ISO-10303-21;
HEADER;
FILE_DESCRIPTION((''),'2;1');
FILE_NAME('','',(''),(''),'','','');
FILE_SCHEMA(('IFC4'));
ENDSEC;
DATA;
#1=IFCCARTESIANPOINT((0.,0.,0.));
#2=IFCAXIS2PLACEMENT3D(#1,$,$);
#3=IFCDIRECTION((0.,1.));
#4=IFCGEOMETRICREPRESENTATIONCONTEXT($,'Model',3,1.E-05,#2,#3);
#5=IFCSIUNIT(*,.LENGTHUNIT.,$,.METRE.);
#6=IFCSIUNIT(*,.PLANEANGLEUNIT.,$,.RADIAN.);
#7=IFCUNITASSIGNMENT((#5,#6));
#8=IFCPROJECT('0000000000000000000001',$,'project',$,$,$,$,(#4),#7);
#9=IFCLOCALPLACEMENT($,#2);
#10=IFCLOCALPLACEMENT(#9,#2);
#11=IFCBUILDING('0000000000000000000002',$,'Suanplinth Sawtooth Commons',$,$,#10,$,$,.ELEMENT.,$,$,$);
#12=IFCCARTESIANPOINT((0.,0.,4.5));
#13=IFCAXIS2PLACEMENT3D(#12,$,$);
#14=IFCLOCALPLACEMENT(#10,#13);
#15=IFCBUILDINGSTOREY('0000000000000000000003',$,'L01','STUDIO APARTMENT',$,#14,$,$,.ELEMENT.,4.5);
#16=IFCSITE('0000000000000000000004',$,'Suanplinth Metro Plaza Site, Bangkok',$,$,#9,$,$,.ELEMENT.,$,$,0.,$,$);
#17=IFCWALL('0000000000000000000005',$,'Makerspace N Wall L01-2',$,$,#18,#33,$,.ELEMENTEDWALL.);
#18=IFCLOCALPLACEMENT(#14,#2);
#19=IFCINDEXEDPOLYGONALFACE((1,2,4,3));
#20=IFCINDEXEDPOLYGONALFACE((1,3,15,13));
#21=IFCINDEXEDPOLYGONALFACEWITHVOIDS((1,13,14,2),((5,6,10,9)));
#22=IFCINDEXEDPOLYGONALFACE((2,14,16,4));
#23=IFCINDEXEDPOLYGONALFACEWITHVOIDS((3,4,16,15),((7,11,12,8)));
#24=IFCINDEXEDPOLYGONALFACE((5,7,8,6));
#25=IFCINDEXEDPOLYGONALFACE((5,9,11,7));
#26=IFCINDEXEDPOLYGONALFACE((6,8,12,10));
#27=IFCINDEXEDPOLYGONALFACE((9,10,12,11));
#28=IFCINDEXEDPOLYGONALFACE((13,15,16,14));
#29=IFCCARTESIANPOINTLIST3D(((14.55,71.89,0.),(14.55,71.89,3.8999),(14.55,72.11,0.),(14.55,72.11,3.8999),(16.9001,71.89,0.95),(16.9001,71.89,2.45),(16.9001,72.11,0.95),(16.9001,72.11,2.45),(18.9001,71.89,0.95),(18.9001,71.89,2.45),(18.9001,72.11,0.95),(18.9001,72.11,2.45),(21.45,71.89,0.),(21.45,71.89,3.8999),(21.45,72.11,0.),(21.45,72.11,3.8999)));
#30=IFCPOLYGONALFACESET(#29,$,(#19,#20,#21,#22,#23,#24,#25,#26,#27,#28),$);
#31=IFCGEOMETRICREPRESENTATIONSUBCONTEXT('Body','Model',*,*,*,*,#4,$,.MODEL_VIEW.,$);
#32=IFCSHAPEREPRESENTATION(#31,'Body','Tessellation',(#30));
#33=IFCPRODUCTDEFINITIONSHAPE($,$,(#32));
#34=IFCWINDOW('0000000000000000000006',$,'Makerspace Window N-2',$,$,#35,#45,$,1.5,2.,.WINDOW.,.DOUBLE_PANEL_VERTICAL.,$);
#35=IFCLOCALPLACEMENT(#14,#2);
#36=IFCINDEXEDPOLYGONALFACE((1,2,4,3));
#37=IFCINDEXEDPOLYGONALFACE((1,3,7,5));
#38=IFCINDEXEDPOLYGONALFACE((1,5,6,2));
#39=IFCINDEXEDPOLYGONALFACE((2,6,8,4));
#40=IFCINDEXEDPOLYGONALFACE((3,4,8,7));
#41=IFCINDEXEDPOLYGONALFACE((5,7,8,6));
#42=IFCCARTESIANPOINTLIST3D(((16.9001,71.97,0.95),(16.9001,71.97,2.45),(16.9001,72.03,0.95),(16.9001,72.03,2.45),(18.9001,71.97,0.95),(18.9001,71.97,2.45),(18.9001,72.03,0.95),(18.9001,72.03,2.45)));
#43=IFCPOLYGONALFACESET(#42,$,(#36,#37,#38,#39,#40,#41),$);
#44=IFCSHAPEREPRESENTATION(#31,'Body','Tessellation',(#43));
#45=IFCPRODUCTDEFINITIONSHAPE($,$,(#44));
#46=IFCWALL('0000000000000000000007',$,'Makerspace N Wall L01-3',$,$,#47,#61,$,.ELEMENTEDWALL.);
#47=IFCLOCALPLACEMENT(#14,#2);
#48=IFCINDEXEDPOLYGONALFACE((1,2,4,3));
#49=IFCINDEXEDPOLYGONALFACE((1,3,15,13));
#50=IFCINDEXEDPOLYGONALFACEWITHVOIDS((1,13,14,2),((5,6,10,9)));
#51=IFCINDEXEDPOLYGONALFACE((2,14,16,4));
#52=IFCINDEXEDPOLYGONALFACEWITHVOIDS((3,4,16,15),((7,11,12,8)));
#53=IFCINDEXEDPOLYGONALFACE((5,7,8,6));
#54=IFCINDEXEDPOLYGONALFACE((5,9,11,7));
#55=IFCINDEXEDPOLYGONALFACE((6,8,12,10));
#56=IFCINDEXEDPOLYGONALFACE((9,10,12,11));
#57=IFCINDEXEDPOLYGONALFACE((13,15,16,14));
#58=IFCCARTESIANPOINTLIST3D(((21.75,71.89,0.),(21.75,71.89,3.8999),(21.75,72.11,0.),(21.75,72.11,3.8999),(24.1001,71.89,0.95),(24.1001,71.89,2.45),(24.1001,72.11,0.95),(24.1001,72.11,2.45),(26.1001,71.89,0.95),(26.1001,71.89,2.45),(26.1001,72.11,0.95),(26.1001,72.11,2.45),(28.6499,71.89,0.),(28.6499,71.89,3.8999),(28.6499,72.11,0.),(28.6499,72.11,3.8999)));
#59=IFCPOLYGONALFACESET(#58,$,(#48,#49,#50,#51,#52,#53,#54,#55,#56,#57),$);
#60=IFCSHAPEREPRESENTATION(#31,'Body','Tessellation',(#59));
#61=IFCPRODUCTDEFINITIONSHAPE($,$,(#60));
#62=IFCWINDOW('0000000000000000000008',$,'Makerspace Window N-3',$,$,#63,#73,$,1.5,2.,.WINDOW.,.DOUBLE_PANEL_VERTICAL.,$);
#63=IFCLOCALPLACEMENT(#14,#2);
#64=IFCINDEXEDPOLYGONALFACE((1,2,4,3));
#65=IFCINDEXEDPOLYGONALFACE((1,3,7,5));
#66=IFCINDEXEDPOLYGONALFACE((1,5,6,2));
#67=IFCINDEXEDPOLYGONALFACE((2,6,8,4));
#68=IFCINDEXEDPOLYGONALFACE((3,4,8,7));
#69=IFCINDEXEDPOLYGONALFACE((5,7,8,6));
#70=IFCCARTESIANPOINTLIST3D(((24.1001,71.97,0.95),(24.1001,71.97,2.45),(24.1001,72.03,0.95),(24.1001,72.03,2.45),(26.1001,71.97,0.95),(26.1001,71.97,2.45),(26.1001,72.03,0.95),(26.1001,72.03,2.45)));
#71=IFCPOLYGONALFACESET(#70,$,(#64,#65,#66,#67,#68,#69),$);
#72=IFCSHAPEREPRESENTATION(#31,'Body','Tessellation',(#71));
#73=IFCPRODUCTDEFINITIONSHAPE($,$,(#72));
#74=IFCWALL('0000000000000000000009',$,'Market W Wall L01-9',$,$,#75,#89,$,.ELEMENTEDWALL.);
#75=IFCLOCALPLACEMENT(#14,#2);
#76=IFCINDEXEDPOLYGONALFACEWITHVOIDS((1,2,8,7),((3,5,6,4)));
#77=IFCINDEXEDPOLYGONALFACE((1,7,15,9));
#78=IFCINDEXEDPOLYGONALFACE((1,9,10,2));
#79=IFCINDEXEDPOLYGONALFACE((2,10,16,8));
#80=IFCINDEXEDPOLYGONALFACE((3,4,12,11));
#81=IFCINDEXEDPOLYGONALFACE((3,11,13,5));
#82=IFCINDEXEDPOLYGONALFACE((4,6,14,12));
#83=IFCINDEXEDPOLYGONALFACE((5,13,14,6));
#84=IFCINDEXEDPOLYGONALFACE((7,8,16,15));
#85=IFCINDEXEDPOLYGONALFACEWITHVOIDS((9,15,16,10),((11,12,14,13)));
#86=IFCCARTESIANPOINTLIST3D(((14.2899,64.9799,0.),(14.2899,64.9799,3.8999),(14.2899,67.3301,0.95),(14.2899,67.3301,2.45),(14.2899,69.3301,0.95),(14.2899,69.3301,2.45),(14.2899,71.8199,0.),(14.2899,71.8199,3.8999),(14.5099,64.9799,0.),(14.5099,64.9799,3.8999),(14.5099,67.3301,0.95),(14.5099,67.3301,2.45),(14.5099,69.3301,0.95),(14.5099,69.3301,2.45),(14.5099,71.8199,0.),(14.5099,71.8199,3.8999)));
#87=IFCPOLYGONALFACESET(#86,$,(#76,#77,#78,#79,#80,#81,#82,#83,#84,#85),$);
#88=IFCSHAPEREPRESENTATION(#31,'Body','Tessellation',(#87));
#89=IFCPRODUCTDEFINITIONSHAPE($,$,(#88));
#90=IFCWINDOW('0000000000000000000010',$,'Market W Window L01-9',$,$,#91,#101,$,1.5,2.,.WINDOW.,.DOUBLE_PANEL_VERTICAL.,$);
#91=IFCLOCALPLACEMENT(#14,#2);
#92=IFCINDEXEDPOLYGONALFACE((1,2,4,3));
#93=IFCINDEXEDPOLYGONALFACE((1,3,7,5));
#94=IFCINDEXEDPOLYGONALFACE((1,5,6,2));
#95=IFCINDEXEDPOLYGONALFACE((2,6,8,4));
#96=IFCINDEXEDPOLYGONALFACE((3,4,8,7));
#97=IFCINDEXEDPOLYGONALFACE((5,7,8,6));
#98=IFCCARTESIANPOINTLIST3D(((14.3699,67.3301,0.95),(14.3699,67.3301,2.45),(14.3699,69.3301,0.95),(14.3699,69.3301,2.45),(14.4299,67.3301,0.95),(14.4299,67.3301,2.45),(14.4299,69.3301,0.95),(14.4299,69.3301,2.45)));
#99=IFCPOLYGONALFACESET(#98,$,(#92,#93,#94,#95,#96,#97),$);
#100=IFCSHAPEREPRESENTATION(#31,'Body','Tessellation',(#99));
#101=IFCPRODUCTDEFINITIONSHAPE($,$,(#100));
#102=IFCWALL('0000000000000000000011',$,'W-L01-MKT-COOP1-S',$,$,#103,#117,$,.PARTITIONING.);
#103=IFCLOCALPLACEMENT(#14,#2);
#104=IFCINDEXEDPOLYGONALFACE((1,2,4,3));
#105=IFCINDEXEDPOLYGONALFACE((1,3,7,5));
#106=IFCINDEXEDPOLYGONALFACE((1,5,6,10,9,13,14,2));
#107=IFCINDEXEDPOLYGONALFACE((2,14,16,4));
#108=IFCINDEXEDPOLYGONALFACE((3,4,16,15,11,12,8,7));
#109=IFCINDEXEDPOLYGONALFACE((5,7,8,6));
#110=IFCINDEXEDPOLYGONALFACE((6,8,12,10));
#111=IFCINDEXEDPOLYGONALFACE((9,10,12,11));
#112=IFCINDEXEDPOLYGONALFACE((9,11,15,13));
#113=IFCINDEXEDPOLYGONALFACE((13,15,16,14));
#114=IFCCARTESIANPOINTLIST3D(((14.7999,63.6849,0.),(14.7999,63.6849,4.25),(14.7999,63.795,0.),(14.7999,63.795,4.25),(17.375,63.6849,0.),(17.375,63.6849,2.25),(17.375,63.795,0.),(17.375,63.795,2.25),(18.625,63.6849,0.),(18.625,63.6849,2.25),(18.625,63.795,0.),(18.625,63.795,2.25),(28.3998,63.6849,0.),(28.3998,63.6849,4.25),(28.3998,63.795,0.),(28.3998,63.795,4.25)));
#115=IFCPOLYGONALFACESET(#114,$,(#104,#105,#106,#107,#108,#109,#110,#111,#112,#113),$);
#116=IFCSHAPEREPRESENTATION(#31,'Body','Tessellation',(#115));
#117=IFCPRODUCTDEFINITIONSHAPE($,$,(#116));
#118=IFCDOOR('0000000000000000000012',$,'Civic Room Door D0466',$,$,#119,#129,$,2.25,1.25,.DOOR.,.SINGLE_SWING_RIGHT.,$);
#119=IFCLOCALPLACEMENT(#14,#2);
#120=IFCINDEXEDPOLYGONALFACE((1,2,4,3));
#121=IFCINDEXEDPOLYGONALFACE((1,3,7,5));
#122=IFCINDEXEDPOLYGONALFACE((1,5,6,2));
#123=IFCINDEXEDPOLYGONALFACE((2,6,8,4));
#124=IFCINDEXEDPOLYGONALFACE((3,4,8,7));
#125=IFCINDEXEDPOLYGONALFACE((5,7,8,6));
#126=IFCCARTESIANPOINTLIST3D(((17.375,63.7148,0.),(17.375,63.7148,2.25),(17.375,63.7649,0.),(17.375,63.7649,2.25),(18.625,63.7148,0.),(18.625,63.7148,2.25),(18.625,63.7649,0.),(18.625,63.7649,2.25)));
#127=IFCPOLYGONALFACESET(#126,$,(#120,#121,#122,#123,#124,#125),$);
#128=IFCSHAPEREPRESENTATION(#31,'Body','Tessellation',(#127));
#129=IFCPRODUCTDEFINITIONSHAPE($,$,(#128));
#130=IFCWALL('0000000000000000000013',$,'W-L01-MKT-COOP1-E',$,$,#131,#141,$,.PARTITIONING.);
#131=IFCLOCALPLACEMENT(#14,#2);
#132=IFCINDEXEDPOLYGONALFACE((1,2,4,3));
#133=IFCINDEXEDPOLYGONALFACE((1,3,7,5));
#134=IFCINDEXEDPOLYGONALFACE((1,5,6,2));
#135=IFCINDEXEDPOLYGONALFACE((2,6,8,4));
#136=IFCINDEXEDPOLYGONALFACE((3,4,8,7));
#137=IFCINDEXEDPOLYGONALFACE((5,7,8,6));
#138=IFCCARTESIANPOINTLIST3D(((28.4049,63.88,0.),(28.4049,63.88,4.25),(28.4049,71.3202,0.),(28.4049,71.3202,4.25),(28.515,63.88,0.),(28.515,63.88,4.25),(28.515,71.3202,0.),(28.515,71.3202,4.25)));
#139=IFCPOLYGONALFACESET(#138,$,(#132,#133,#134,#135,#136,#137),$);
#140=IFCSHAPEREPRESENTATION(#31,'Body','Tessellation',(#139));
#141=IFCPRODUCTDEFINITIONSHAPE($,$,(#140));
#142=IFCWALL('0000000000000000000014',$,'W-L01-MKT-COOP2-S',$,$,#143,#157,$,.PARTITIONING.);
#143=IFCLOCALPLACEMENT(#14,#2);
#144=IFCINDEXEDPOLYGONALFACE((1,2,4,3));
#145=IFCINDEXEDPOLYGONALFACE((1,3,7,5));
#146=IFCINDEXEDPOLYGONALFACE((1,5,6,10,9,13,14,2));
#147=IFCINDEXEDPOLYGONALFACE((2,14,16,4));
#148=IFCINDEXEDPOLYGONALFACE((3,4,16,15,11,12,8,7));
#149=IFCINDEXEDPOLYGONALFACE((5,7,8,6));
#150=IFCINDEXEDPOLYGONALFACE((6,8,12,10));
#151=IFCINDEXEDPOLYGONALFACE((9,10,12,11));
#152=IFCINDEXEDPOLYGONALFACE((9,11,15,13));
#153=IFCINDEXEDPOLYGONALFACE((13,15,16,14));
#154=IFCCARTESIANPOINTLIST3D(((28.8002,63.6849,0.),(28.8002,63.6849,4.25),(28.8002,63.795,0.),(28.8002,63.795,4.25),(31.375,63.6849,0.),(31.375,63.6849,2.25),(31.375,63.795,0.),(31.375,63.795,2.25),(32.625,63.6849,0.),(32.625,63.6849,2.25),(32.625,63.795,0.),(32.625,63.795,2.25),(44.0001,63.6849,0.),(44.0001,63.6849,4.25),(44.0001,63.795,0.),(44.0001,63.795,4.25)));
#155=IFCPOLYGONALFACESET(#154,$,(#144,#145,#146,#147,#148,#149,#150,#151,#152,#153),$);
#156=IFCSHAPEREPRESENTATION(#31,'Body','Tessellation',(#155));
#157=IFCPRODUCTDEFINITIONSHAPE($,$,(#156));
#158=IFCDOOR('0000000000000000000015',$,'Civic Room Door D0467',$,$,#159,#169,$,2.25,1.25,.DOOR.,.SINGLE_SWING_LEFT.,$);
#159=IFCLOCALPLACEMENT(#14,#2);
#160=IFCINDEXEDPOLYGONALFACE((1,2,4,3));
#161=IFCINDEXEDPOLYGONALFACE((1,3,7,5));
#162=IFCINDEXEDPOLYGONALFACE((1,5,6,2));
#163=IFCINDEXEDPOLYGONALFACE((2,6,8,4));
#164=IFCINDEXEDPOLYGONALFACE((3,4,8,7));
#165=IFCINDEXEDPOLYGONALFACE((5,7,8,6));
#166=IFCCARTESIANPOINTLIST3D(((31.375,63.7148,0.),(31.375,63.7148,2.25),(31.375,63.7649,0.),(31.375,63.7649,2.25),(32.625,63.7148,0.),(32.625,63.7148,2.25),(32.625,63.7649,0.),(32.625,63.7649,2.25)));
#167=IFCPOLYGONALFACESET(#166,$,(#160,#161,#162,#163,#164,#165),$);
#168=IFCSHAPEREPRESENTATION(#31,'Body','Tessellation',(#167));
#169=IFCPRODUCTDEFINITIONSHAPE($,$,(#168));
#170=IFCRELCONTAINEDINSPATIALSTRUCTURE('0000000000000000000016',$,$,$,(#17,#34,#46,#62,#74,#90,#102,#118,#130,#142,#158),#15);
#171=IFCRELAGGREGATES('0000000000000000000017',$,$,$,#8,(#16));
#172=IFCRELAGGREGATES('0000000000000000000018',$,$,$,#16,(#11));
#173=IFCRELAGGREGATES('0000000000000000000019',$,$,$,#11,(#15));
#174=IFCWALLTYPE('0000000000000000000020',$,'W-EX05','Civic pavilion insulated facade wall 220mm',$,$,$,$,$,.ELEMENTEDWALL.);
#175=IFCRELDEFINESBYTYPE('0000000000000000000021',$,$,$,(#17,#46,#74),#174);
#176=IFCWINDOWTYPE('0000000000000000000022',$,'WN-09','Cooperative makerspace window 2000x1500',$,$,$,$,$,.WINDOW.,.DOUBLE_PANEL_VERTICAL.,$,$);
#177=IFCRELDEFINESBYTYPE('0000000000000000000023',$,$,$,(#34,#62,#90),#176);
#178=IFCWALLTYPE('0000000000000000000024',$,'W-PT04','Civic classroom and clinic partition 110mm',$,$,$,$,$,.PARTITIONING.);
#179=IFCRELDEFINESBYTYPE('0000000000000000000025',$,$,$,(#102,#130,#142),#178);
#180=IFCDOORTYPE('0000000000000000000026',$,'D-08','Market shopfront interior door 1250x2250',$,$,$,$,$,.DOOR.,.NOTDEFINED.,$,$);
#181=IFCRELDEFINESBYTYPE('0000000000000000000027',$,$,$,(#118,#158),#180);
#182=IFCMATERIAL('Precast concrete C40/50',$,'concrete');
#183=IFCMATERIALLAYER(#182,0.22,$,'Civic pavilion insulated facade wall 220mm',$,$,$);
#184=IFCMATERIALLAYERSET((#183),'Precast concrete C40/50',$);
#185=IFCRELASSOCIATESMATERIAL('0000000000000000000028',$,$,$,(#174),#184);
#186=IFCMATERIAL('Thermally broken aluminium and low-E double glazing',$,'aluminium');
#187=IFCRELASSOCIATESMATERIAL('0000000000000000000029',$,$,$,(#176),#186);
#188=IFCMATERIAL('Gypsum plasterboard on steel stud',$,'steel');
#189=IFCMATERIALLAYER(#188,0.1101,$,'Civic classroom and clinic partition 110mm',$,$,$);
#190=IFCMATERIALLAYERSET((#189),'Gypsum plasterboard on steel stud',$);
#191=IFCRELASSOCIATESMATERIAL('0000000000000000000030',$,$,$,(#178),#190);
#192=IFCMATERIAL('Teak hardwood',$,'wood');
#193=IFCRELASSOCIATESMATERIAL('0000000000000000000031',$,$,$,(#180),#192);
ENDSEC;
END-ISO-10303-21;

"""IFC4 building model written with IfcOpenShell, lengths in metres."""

from ifc_helpers import new_model, si_unit, direction, frame, frame_2d, origin, place, context, subcontext, project, spatial, rectangle, extrude, material, layer, layer_set, type_object, element, fill, save


model = new_model("IFC4")

# Units and contexts
model_context = context("Model", 3, precision=1e-05, world=origin(), true_north=direction((0.0, 1.0)))
body_context = subcontext(model_context, "Body", "Model", "MODEL_VIEW")
ifc_project = project(units=[si_unit("LENGTHUNIT", "METRE"), si_unit("PLANEANGLEUNIT", "RADIAN")], contexts=[model_context])

# Site, building, storey
site_placement = place(None, origin())
site = spatial("IfcSite", under=ifc_project, at=site_placement, Name="Suanplinth Metro Plaza Site, Bangkok", CompositionType="ELEMENT", RefElevation=0.0)
building_placement = place(site_placement, origin())
building = spatial("IfcBuilding", under=site, at=building_placement, Name="Suanplinth Sawtooth Commons", CompositionType="ELEMENT")
storey_placement = place(building_placement, frame((0.0, 0.0, 4.5)))
storey = spatial("IfcBuildingStorey", under=building, at=storey_placement, Name="L01", Description="STUDIO APARTMENT", CompositionType="ELEMENT", Elevation=4.5)

# Shared definitions
ifc_material_1 = material(Name="Precast concrete C40/50", Category="concrete")

# Walls, openings, windows
ifc_layer_1 = layer(ifc_material_1, 0.22, Name="Civic pavilion insulated facade wall 220mm")
ifc_layer_set_1 = layer_set([ifc_layer_1], Name="Precast concrete C40/50")
wall_type_1 = type_object("IfcWallType", Name="W-EX05", Description="Civic pavilion insulated facade wall 220mm", PredefinedType="ELEMENTEDWALL", material=ifc_layer_set_1)
wall_1_placement = place(storey_placement, frame((14.55, 72.0, 0.0), z_axis=(0.0, 0.0, 1.0), x_axis=(1.0, 0.0, 0.0)))
wall_1 = element("IfcWall", 1, at=wall_1_placement, inside=storey, type_object=wall_type_1, Name="Makerspace N Wall L01-2", PredefinedType="ELEMENTEDWALL", context=body_context, shape_type="SweptSolid", body=[
    extrude(rectangle(XDim=6.8999, YDim=0.22, at=frame_2d((3.45, 0.0))), origin(), (0.0, 0.0, 1.0), 3.8999),
])
opening_1_placement = place(wall_1_placement, frame((2.3501, 0.0, 0.95)))
opening_1 = element("IfcOpeningElement", 2, at=opening_1_placement, cuts=wall_1, PredefinedType="OPENING", context=body_context, shape_type="SweptSolid", body=[
    extrude(rectangle(XDim=2.0, YDim=1.5, at=frame_2d((1.0, 0.75))), frame((0.0, 0.125, 0.0), z_axis=(0.0, -1.0, 0.0), x_axis=(1.0, 0.0, 0.0)), (0.0, 0.0, 1.0), 0.2498),
])
ifc_material_2 = material(Name="Thermally broken aluminium and low-E double glazing", Category="aluminium")
window_type = type_object("IfcWindowType", Name="WN-09", Description="Cooperative makerspace window 2000x1500", PartitioningType="DOUBLE_PANEL_VERTICAL", PredefinedType="WINDOW", material=ifc_material_2)
window_1_placement = place(opening_1_placement, origin())
window_1 = element("IfcWindow", 3, at=window_1_placement, inside=storey, type_object=window_type, Name="Makerspace Window N-2", OverallHeight=1.5, OverallWidth=2.0, PartitioningType="DOUBLE_PANEL_VERTICAL", PredefinedType="WINDOW", context=body_context, shape_type="SweptSolid", body=[
    extrude(rectangle(XDim=2.0, YDim=1.5, at=frame_2d((1.0, 0.75))), frame((0.0, 0.03, 0.0), z_axis=(0.0, -1.0, 0.0), x_axis=(1.0, 0.0, 0.0)), (0.0, 0.0, 1.0), 0.0601),
])
fill(opening_1, window_1)
wall_2_placement = place(storey_placement, frame((21.75, 72.0, 0.0), z_axis=(0.0, 0.0, 1.0), x_axis=(1.0, 0.0, 0.0)))
wall_2 = element("IfcWall", 4, at=wall_2_placement, inside=storey, type_object=wall_type_1, Name="Makerspace N Wall L01-3", PredefinedType="ELEMENTEDWALL", context=body_context, shape_type="SweptSolid", body=[
    extrude(rectangle(XDim=6.8999, YDim=0.22, at=frame_2d((3.45, 0.0))), origin(), (0.0, 0.0, 1.0), 3.8999),
])
opening_2_placement = place(wall_2_placement, frame((2.3501, 0.0, 0.95)))
opening_2 = element("IfcOpeningElement", 5, at=opening_2_placement, cuts=wall_2, PredefinedType="OPENING", context=body_context, shape_type="SweptSolid", body=[
    extrude(rectangle(XDim=2.0, YDim=1.5, at=frame_2d((1.0, 0.75))), frame((0.0, 0.125, 0.0), z_axis=(0.0, -1.0, 0.0), x_axis=(1.0, 0.0, 0.0)), (0.0, 0.0, 1.0), 0.2498),
])
window_2_placement = place(opening_2_placement, origin())
window_2 = element("IfcWindow", 6, at=window_2_placement, inside=storey, type_object=window_type, Name="Makerspace Window N-3", OverallHeight=1.5, OverallWidth=2.0, PartitioningType="DOUBLE_PANEL_VERTICAL", PredefinedType="WINDOW", context=body_context, shape_type="SweptSolid", body=[
    extrude(rectangle(XDim=2.0, YDim=1.5, at=frame_2d((1.0, 0.75))), frame((0.0, 0.03, 0.0), z_axis=(0.0, -1.0, 0.0), x_axis=(1.0, 0.0, 0.0)), (0.0, 0.0, 1.0), 0.0601),
])
fill(opening_2, window_2)
wall_3_placement = place(storey_placement, frame((14.3999, 64.98, 0.0), z_axis=(0.0, 0.0, 1.0), x_axis=(0.0, 1.0, 0.0)))
wall_3 = element("IfcWall", 7, at=wall_3_placement, inside=storey, type_object=wall_type_1, Name="Market W Wall L01-9", PredefinedType="ELEMENTEDWALL", context=body_context, shape_type="SweptSolid", body=[
    extrude(rectangle(XDim=6.8401, YDim=0.22, at=frame_2d((3.4199, 0.0))), origin(), (0.0, 0.0, 1.0), 3.8999),
])
opening_3_placement = place(wall_3_placement, frame((2.3501, 0.0, 0.95)))
opening_3 = element("IfcOpeningElement", 8, at=opening_3_placement, cuts=wall_3, PredefinedType="OPENING", context=body_context, shape_type="SweptSolid", body=[
    extrude(rectangle(XDim=2.0, YDim=1.5, at=frame_2d((1.0, 0.75))), frame((0.0, 0.125, 0.0), z_axis=(0.0, -1.0, 0.0), x_axis=(1.0, 0.0, 0.0)), (0.0, 0.0, 1.0), 0.2498),
])
window_3_placement = place(opening_3_placement, origin())
window_3 = element("IfcWindow", 9, at=window_3_placement, inside=storey, type_object=window_type, Name="Market W Window L01-9", OverallHeight=1.5, OverallWidth=2.0, PartitioningType="DOUBLE_PANEL_VERTICAL", PredefinedType="WINDOW", context=body_context, shape_type="SweptSolid", body=[
    extrude(rectangle(XDim=2.0, YDim=1.5, at=frame_2d((1.0, 0.75))), frame((0.0, 0.03, 0.0), z_axis=(0.0, -1.0, 0.0), x_axis=(1.0, 0.0, 0.0)), (0.0, 0.0, 1.0), 0.0601),
])
fill(opening_3, window_3)

# Wall, opening, door
ifc_material_3 = material(Name="Gypsum plasterboard on steel stud", Category="steel")
ifc_layer_2 = layer(ifc_material_3, 0.1101, Name="Civic classroom and clinic partition 110mm")
ifc_layer_set_2 = layer_set([ifc_layer_2], Name="Gypsum plasterboard on steel stud")
wall_type_2 = type_object("IfcWallType", Name="W-PT04", Description="Civic classroom and clinic partition 110mm", PredefinedType="PARTITIONING", material=ifc_layer_set_2)
wall_4_placement = place(storey_placement, frame((14.8, 63.74, 0.0), z_axis=(0.0, 0.0, 1.0), x_axis=(1.0, 0.0, 0.0)))
wall_4 = element("IfcWall", 10, at=wall_4_placement, inside=storey, type_object=wall_type_2, Name="W-L01-MKT-COOP1-S", PredefinedType="PARTITIONING", context=body_context, shape_type="SweptSolid", body=[
    extrude(rectangle(XDim=13.5999, YDim=0.1101, at=frame_2d((6.7998, 0.0))), origin(), (0.0, 0.0, 1.0), 4.25),
])
opening_4_placement = place(wall_4_placement, frame((2.575, 0.0, 0.0)))
opening_4 = element("IfcOpeningElement", 11, at=opening_4_placement, cuts=wall_4, PredefinedType="OPENING", context=body_context, shape_type="SweptSolid", body=[
    extrude(rectangle(XDim=1.25, YDim=2.25, at=frame_2d((0.625, 1.125))), frame((0.0, 0.0698, 0.0), z_axis=(0.0, -1.0, 0.0), x_axis=(1.0, 0.0, 0.0)), (0.0, 0.0, 1.0), 0.1399),
])
ifc_material_4 = material(Name="Teak hardwood", Category="wood")
door_type = type_object("IfcDoorType", Name="D-08", Description="Market shopfront interior door 1250x2250", OperationType="NOTDEFINED", PredefinedType="DOOR", material=ifc_material_4)
door_1_placement = place(opening_4_placement, origin())
door_1 = element("IfcDoor", 12, at=door_1_placement, inside=storey, type_object=door_type, Name="Civic Room Door D0466", OperationType="SINGLE_SWING_RIGHT", OverallHeight=2.25, OverallWidth=1.25, PredefinedType="DOOR", context=body_context, shape_type="SweptSolid", body=[
    extrude(rectangle(XDim=1.25, YDim=2.25, at=frame_2d((0.625, 1.125))), frame((0.0, 0.0249, 0.0), z_axis=(0.0, -1.0, 0.0), x_axis=(1.0, 0.0, 0.0)), (0.0, 0.0, 1.0), 0.05),
])
fill(opening_4, door_1)

# Wall
wall_5_placement = place(storey_placement, frame((28.46, 63.8799, 0.0), z_axis=(0.0, 0.0, 1.0), x_axis=(0.0, 1.0, 0.0)))
element("IfcWall", 13, at=wall_5_placement, inside=storey, type_object=wall_type_2, Name="W-L01-MKT-COOP1-E", PredefinedType="PARTITIONING", context=body_context, shape_type="SweptSolid", body=[
    extrude(rectangle(XDim=7.4402, YDim=0.1101, at=frame_2d((3.7202, 0.0))), origin(), (0.0, 0.0, 1.0), 4.25),
])

# Wall, opening, door
wall_6_placement = place(storey_placement, frame((28.8, 63.74, 0.0), z_axis=(0.0, 0.0, 1.0), x_axis=(1.0, 0.0, 0.0)))
wall_6 = element("IfcWall", 14, at=wall_6_placement, inside=storey, type_object=wall_type_2, Name="W-L01-MKT-COOP2-S", PredefinedType="PARTITIONING", context=body_context, shape_type="SweptSolid", body=[
    extrude(rectangle(XDim=15.2, YDim=0.1101, at=frame_2d((7.6001, 0.0))), origin(), (0.0, 0.0, 1.0), 4.25),
])
opening_5_placement = place(wall_6_placement, frame((2.575, 0.0, 0.0)))
opening_5 = element("IfcOpeningElement", 15, at=opening_5_placement, cuts=wall_6, PredefinedType="OPENING", context=body_context, shape_type="SweptSolid", body=[
    extrude(rectangle(XDim=1.25, YDim=2.25, at=frame_2d((0.625, 1.125))), frame((0.0, 0.0698, 0.0), z_axis=(0.0, -1.0, 0.0), x_axis=(1.0, 0.0, 0.0)), (0.0, 0.0, 1.0), 0.1399),
])
door_2_placement = place(opening_5_placement, origin())
door_2 = element("IfcDoor", 16, at=door_2_placement, inside=storey, type_object=door_type, Name="Civic Room Door D0467", OperationType="SINGLE_SWING_LEFT", OverallHeight=2.25, OverallWidth=1.25, PredefinedType="DOOR", context=body_context, shape_type="SweptSolid", body=[
    extrude(rectangle(XDim=1.25, YDim=2.25, at=frame_2d((0.625, 1.125))), frame((0.0, 0.0249, 0.0), z_axis=(0.0, -1.0, 0.0), x_axis=(1.0, 0.0, 0.0)), (0.0, 0.0, 1.0), 0.05),
])
fill(opening_5, door_2)

save(model, "model.ifc")
